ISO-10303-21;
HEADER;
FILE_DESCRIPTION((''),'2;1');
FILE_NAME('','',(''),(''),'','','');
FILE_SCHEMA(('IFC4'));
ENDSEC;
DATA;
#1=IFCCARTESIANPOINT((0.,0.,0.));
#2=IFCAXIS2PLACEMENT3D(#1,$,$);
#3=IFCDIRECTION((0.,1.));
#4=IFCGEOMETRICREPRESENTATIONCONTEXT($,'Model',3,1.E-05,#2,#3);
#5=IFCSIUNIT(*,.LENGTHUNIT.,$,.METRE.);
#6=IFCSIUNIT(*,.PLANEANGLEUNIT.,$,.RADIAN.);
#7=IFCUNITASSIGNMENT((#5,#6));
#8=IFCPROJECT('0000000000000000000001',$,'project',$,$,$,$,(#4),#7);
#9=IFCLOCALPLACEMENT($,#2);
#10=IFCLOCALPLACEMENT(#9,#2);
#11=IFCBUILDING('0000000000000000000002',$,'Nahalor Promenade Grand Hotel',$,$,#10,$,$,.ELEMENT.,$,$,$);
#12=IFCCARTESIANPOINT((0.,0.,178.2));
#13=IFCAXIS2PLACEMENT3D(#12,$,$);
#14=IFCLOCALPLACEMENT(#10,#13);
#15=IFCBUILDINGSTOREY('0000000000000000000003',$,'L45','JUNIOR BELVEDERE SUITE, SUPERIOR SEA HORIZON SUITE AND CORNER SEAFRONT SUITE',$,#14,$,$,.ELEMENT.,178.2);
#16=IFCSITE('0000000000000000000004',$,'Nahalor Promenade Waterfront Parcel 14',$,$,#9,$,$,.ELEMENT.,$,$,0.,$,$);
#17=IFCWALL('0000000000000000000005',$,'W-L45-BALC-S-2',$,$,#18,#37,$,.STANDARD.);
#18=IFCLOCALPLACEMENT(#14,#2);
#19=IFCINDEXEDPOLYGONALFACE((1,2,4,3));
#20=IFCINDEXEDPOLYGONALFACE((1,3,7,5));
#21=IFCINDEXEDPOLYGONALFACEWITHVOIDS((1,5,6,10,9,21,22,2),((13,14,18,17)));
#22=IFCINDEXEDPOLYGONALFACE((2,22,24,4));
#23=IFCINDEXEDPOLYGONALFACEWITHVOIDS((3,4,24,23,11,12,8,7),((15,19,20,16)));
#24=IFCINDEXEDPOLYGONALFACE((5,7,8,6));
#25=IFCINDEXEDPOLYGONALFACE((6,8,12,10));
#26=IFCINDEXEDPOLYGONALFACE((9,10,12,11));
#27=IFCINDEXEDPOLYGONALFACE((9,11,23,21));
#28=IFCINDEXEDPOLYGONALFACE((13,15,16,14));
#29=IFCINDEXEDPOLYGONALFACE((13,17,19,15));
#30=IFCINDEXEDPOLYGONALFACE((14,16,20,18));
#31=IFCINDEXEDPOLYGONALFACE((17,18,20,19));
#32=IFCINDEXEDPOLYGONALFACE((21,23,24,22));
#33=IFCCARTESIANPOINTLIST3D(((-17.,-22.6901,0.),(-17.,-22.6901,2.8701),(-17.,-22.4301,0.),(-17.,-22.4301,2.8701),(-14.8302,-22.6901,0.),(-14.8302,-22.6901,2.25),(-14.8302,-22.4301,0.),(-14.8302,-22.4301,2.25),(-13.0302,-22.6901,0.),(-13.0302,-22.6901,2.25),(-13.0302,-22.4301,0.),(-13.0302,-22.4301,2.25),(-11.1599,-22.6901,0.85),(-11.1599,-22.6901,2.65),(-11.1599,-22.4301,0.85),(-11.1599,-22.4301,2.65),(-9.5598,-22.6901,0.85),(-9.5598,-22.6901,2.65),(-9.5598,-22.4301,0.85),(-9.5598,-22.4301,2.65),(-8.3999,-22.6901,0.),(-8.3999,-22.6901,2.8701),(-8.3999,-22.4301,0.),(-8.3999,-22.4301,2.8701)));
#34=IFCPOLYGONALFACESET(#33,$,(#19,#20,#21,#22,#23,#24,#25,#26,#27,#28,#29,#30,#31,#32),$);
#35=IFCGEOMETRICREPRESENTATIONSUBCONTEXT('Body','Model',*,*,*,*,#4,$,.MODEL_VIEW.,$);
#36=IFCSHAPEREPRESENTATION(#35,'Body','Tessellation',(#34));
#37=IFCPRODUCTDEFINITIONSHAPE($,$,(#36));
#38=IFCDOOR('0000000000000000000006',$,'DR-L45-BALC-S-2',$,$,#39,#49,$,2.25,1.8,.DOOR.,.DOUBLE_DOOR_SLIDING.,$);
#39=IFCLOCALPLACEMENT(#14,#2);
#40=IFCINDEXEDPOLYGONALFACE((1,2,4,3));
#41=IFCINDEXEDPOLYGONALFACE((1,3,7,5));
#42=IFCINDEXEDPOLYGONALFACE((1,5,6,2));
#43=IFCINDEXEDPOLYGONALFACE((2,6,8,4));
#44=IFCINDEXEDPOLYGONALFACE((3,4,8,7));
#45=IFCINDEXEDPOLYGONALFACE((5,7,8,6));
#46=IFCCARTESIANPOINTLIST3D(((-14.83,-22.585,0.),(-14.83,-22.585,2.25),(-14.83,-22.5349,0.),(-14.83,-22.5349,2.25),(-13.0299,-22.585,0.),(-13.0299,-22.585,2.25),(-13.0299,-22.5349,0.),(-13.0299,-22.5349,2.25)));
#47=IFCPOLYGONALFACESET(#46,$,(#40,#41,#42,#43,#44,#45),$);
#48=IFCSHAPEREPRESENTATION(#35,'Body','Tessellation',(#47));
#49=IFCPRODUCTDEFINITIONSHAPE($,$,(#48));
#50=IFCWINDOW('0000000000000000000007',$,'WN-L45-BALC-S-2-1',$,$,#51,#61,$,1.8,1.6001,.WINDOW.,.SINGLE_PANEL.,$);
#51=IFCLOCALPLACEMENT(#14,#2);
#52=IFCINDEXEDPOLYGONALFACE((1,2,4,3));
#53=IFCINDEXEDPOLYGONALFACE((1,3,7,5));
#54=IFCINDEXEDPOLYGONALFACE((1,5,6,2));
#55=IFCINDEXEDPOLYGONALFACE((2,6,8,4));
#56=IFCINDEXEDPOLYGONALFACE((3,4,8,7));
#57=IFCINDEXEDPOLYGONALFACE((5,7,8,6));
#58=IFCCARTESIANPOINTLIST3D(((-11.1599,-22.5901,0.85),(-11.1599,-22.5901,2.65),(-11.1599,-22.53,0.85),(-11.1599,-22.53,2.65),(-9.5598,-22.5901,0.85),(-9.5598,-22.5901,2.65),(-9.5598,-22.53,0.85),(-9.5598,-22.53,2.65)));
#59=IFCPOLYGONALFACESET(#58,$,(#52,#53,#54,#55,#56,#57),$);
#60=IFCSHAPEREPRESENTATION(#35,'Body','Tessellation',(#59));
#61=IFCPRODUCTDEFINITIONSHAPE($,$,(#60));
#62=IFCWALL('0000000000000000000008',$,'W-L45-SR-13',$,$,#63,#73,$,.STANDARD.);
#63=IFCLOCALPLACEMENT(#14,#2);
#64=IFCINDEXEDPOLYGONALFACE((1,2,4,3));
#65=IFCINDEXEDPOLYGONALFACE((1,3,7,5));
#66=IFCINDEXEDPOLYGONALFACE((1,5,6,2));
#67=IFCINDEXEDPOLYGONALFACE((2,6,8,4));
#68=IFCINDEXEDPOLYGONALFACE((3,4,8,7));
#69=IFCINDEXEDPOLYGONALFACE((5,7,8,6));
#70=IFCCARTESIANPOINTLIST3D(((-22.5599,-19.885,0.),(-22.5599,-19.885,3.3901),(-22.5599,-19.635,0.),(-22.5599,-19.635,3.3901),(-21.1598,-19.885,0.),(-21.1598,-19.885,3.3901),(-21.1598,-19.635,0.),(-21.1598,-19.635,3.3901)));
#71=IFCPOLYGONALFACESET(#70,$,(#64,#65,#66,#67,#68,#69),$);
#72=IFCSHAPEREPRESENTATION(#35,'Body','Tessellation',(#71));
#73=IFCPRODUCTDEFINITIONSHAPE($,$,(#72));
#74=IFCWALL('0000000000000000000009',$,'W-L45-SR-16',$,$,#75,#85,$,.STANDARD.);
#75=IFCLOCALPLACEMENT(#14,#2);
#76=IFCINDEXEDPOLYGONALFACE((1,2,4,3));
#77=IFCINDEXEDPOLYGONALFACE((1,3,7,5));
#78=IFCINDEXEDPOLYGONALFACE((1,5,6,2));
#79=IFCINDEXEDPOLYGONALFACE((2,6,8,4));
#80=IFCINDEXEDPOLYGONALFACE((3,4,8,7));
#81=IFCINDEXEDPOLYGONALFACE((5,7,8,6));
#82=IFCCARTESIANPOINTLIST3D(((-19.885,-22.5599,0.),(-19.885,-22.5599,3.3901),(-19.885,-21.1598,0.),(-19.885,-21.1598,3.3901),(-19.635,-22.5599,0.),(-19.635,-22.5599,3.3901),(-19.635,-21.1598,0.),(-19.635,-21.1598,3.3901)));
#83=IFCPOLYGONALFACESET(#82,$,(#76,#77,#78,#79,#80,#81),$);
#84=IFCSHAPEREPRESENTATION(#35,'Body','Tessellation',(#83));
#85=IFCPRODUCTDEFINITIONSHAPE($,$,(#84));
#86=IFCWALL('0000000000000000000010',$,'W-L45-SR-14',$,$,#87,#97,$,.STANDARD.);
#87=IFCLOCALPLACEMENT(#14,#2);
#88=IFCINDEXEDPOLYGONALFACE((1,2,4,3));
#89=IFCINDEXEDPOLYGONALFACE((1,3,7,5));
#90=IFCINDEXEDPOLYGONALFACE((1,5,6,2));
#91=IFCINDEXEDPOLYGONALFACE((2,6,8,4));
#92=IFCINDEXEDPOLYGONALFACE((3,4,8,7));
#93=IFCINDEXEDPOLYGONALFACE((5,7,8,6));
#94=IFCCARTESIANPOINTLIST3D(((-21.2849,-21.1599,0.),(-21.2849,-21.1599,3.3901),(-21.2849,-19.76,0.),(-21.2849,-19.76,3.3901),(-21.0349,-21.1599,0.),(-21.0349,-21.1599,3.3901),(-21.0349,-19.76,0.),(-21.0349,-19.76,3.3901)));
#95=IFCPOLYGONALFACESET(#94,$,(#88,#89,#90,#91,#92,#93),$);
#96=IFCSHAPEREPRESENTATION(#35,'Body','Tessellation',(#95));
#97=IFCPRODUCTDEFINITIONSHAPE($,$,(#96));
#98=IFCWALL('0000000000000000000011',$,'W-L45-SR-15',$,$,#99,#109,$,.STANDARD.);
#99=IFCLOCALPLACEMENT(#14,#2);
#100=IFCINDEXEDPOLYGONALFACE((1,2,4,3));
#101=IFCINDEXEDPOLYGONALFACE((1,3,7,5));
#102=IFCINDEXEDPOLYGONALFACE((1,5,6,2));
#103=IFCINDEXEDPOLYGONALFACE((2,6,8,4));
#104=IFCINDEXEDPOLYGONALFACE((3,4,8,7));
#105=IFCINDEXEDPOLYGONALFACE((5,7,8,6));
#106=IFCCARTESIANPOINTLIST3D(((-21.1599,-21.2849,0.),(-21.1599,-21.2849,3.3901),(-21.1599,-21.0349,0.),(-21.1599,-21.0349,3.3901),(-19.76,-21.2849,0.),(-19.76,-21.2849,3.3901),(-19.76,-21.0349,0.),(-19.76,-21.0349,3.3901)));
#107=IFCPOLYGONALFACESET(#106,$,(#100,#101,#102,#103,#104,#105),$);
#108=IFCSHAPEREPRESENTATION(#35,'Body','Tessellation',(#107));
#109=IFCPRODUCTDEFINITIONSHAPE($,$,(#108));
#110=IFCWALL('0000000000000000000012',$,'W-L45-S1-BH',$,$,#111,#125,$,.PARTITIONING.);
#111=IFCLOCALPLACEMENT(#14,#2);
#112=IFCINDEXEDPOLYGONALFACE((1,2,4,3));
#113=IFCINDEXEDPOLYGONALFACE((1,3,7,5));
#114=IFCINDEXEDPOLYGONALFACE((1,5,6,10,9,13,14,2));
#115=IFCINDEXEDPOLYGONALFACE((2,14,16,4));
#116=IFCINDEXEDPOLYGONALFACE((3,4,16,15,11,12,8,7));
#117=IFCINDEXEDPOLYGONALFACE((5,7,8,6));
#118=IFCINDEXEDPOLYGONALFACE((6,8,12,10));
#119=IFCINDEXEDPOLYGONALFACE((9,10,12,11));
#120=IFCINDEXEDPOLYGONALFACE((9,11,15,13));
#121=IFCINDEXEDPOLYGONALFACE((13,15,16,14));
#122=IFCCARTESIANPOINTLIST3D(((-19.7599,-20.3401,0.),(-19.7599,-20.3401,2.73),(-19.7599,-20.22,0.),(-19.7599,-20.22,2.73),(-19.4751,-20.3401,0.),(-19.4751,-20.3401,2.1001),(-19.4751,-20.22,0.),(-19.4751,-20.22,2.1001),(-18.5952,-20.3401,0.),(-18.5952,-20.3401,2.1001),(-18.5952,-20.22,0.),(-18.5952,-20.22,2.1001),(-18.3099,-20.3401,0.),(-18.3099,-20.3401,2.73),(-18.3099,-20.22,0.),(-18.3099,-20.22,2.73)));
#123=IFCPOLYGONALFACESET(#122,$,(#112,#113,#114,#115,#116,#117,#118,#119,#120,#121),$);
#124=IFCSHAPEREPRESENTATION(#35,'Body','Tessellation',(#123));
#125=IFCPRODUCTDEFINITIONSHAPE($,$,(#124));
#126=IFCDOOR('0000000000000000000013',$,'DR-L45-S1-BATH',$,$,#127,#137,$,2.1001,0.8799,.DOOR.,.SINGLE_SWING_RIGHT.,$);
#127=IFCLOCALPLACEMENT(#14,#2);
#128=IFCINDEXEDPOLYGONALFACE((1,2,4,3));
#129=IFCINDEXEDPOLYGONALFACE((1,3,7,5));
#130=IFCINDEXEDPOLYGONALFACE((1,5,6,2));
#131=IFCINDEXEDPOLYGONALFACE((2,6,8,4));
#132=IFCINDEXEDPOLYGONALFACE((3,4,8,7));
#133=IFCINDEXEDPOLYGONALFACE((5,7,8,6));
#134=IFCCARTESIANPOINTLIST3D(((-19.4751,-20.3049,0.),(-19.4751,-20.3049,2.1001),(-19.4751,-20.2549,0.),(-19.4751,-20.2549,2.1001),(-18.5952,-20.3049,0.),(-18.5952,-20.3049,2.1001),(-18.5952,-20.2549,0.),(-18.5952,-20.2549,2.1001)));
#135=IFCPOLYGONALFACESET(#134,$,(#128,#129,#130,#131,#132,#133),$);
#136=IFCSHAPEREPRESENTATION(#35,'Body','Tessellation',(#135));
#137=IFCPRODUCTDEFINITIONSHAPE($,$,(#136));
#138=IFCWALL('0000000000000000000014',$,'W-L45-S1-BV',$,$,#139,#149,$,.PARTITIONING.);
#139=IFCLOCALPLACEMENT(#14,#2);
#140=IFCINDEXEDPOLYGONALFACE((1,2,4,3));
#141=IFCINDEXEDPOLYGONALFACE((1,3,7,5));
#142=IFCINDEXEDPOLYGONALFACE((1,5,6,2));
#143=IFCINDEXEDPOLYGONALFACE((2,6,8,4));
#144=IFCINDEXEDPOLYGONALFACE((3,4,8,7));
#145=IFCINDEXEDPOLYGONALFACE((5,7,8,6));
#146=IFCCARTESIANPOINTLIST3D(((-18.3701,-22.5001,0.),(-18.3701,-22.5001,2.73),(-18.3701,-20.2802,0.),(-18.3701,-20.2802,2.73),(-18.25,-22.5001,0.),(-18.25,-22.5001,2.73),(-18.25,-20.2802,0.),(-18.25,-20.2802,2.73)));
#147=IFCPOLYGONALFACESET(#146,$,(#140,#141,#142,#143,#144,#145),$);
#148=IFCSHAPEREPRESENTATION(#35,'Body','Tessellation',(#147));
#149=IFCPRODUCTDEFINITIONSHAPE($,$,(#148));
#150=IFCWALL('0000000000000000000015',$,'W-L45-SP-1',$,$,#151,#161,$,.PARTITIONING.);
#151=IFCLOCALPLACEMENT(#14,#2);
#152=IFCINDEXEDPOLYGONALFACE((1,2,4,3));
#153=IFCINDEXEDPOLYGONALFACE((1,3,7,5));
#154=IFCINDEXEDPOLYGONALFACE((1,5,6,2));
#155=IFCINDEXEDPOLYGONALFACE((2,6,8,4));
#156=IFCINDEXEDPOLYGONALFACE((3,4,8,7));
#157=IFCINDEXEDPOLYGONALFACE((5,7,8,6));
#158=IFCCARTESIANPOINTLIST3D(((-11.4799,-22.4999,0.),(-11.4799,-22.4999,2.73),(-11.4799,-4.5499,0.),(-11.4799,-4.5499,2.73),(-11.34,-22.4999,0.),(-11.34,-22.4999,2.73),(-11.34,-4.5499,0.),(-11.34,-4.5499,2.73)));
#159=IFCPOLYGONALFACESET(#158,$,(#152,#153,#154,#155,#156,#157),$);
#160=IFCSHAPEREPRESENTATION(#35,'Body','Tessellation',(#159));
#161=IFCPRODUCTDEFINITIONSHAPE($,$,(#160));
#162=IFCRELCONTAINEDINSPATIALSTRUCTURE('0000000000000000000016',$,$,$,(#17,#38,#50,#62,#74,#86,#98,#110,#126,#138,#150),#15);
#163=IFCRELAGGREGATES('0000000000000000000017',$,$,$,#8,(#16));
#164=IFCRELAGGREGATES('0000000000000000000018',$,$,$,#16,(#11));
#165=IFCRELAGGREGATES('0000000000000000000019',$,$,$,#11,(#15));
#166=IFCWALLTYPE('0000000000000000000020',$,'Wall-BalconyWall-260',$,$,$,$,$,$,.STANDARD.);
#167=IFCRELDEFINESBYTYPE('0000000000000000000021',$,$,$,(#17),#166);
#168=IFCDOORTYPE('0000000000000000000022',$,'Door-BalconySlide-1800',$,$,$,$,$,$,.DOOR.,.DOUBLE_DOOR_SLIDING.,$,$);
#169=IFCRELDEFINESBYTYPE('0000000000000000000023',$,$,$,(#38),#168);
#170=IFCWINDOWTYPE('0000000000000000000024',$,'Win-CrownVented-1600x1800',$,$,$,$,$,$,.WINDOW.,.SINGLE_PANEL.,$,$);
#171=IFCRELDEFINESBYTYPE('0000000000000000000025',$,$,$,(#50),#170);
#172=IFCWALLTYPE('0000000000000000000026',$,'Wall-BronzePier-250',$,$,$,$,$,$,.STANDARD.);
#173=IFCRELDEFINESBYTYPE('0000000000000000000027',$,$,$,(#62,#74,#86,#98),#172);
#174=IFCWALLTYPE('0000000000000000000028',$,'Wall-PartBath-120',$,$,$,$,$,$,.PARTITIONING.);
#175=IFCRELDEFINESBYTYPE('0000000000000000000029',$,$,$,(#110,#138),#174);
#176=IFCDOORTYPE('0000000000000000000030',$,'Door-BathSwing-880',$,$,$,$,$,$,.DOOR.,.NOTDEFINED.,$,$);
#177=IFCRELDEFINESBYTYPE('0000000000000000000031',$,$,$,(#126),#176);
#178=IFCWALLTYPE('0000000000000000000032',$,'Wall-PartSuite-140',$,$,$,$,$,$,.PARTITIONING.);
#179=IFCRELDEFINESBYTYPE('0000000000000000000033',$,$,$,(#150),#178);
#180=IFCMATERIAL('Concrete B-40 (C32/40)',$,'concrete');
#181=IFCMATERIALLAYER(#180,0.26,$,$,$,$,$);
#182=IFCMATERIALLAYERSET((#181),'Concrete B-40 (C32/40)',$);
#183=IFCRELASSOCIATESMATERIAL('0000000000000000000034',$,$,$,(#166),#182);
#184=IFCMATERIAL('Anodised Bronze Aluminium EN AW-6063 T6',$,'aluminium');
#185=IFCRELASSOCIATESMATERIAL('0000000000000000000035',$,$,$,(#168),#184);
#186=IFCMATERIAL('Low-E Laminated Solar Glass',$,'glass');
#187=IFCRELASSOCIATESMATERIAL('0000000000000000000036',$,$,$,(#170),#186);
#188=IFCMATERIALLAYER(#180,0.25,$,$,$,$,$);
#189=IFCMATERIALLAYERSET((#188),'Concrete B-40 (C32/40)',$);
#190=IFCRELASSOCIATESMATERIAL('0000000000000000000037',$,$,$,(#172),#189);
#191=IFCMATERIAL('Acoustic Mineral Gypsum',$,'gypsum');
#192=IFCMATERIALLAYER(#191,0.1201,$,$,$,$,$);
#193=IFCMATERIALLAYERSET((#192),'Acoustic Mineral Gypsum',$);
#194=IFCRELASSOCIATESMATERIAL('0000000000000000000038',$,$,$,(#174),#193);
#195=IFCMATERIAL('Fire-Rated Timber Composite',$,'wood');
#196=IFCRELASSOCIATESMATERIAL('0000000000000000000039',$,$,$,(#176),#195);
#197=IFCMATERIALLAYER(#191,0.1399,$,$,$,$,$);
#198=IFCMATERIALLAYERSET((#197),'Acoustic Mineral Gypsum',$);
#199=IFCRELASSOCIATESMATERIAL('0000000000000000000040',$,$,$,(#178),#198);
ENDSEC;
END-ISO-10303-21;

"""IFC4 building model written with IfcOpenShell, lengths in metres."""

from ifc_helpers import new_model, si_unit, direction, frame, frame_2d, origin, place, context, subcontext, project, spatial, rectangle, extrude, source, transform, mapped, material, layer, layer_set, type_object, element, fill, save


model = new_model("IFC4")

# Units and contexts
model_context = context("Model", 3, precision=1e-05, world=origin(), true_north=direction((0.0, 1.0)))
body_context = subcontext(model_context, "Body", "Model", "MODEL_VIEW")
ifc_project = project(units=[si_unit("LENGTHUNIT", "METRE"), si_unit("PLANEANGLEUNIT", "RADIAN")], contexts=[model_context])

# Site, building, storey
site_placement = place(None, origin())
site = spatial("IfcSite", under=ifc_project, at=site_placement, Name="Nahalor Promenade Waterfront Parcel 14", CompositionType="ELEMENT", RefElevation=0.0)
building_placement = place(site_placement, origin())
building = spatial("IfcBuilding", under=site, at=building_placement, Name="Nahalor Promenade Grand Hotel", CompositionType="ELEMENT")
storey_placement = place(building_placement, frame((0.0, 0.0, 178.2)))
storey = spatial("IfcBuildingStorey", under=building, at=storey_placement, Name="L45", Description="JUNIOR BELVEDERE SUITE, SUPERIOR SEA HORIZON SUITE AND CORNER SEAFRONT SUITE", CompositionType="ELEMENT", Elevation=178.2)

# Shared definitions
ifc_material_1 = material(Name="Anodised Bronze Aluminium EN AW-6063 T6", Category="aluminium")

# Shared definitions
ifc_material_2 = material(Name="Low-E Laminated Solar Glass", Category="glass")

# Wall, openings, door, window
ifc_material_3 = material(Name="Concrete B-40 (C32/40)", Category="concrete")
ifc_layer_1 = layer(ifc_material_3, 0.26)
ifc_layer_set_1 = layer_set([ifc_layer_1], Name="Concrete B-40 (C32/40)")
wall_type_1 = type_object("IfcWallType", Name="Wall-BalconyWall-260", PredefinedType="STANDARD", material=ifc_layer_set_1)
shared_shape_1 = source(origin(), body_context, "Body", "SweptSolid", [
    extrude(rectangle(XDim=8.6001, YDim=0.26, at=frame_2d((4.3, 0.0))), origin(), (0.0, 0.0, 1.0), 2.8701),
])
wall_1_placement = place(storey_placement, frame((-17.0, -22.5601, 0.0), z_axis=(0.0, 0.0, 1.0), x_axis=(1.0, 0.0, 0.0)))
wall_1 = element("IfcWall", 1, at=wall_1_placement, inside=storey, type_object=wall_type_1, Name="W-L45-BALC-S-2", PredefinedType="STANDARD", context=body_context, shape_type="MappedRepresentation", body=[
    mapped(shared_shape_1, transform((0.0, 0.0, 0.0), scale=1.0)),
])
opening_1_placement = place(wall_1_placement, frame((2.1699, 0.0, 0.0)))
opening_1 = element("IfcOpeningElement", 2, at=opening_1_placement, cuts=wall_1, PredefinedType="OPENING", context=body_context, shape_type="SweptSolid", body=[
    extrude(rectangle(XDim=1.8, YDim=2.25, at=frame_2d((0.8999, 1.125))), frame((0.0, 0.1399, 0.0), z_axis=(0.0, -1.0, 0.0), x_axis=(1.0, 0.0, 0.0)), (0.0, 0.0, 1.0), 0.28),
])
opening_2_placement = place(wall_1_placement, frame((5.8401, 0.0, 0.8501)))
opening_2 = element("IfcOpeningElement", 3, at=opening_2_placement, cuts=wall_1, PredefinedType="OPENING", context=body_context, shape_type="SweptSolid", body=[
    extrude(rectangle(XDim=1.6001, YDim=1.8, at=frame_2d((0.8, 0.8999))), frame((0.0, 0.1399, 0.0), z_axis=(0.0, -1.0, 0.0), x_axis=(1.0, 0.0, 0.0)), (0.0, 0.0, 1.0), 0.28),
])
door_type_1 = type_object("IfcDoorType", Name="Door-BalconySlide-1800", OperationType="DOUBLE_DOOR_SLIDING", PredefinedType="DOOR", material=ifc_material_1)
shared_shape_2 = source(origin(), body_context, "Body", "SweptSolid", [
    extrude(rectangle(XDim=1.8, YDim=2.25, at=frame_2d((0.8999, 1.125))), frame((0.0, 0.0249, 0.0), z_axis=(0.0, -1.0, 0.0), x_axis=(1.0, 0.0, 0.0)), (0.0, 0.0, 1.0), 0.05),
])
door_1_placement = place(opening_1_placement, frame((1.8, 0.0, 0.0), z_axis=(0.0, 0.0, 1.0), x_axis=(-1.0, 0.0, 0.0)))
door_1 = element("IfcDoor", 4, at=door_1_placement, inside=storey, type_object=door_type_1, Name="DR-L45-BALC-S-2", OperationType="DOUBLE_DOOR_SLIDING", OverallHeight=2.25, OverallWidth=1.8, PredefinedType="DOOR", context=body_context, shape_type="MappedRepresentation", body=[
    mapped(shared_shape_2, transform((0.0, 0.0, 0.0), scale=1.0)),
])
fill(opening_1, door_1)
window_type = type_object("IfcWindowType", Name="Win-CrownVented-1600x1800", PartitioningType="SINGLE_PANEL", PredefinedType="WINDOW", material=ifc_material_2)
shared_shape_3 = source(origin(), body_context, "Body", "SweptSolid", [
    extrude(rectangle(XDim=1.6001, YDim=1.8, at=frame_2d((0.8, 0.8999))), frame((0.0, 0.03, 0.0), z_axis=(0.0, -1.0, 0.0), x_axis=(1.0, 0.0, 0.0)), (0.0, 0.0, 1.0), 0.0601),
])
window_placement = place(opening_2_placement, origin())
window = element("IfcWindow", 5, at=window_placement, inside=storey, type_object=window_type, Name="WN-L45-BALC-S-2-1", OverallHeight=1.8, OverallWidth=1.6001, PartitioningType="SINGLE_PANEL", PredefinedType="WINDOW", context=body_context, shape_type="MappedRepresentation", body=[
    mapped(shared_shape_3, transform((0.0, 0.0, 0.0), scale=1.0)),
])
fill(opening_2, window)

# Walls
ifc_layer_2 = layer(ifc_material_3, 0.25)
ifc_layer_set_2 = layer_set([ifc_layer_2], Name="Concrete B-40 (C32/40)")
wall_type_2 = type_object("IfcWallType", Name="Wall-BronzePier-250", PredefinedType="STANDARD", material=ifc_layer_set_2)
shared_shape_4 = source(origin(), body_context, "Body", "SweptSolid", [
    extrude(rectangle(XDim=1.4001, YDim=0.25, at=frame_2d((0.7002, 0.0))), origin(), (0.0, 0.0, 1.0), 3.3901),
])
for number, where, z_axis, x_axis, name in (
    (6, (-22.5601, -19.76, 0.0), (0.0, 0.0, 1.0), (1.0, 0.0, 0.0), "W-L45-SR-13"),
    (7, (-19.76, -22.5601, 0.0), (0.0, 0.0, 1.0), (0.0, 1.0, 0.0), "W-L45-SR-16"),
):
    element("IfcWall", number, at=place(storey_placement, frame(where, z_axis=z_axis, x_axis=x_axis)), inside=storey, type_object=wall_type_2, Name=name, PredefinedType="STANDARD", context=body_context, shape_type="MappedRepresentation", body=[
        mapped(shared_shape_4, transform((0.0, 0.0, 0.0), scale=1.0)),
    ])
shared_shape_5 = source(origin(), body_context, "Body", "SweptSolid", [
    extrude(rectangle(XDim=1.3999, YDim=0.25, at=frame_2d((0.7, 0.0))), origin(), (0.0, 0.0, 1.0), 3.3901),
])
for number, where, z_axis, x_axis, name in (
    (8, (-21.1599, -21.1599, 0.0), (0.0, 0.0, 1.0), (0.0, 1.0, 0.0), "W-L45-SR-14"),
    (9, (-21.1599, -21.1599, 0.0), (0.0, 0.0, 1.0), (1.0, 0.0, 0.0), "W-L45-SR-15"),
):
    element("IfcWall", number, at=place(storey_placement, frame(where, z_axis=z_axis, x_axis=x_axis)), inside=storey, type_object=wall_type_2, Name=name, PredefinedType="STANDARD", context=body_context, shape_type="MappedRepresentation", body=[
        mapped(shared_shape_5, transform((0.0, 0.0, 0.0), scale=1.0)),
    ])

# Wall, opening, door
ifc_material_4 = material(Name="Acoustic Mineral Gypsum", Category="gypsum")
ifc_layer_3 = layer(ifc_material_4, 0.1201)
ifc_layer_set_3 = layer_set([ifc_layer_3], Name="Acoustic Mineral Gypsum")
wall_type_3 = type_object("IfcWallType", Name="Wall-PartBath-120", PredefinedType="PARTITIONING", material=ifc_layer_set_3)
shared_shape_6 = source(origin(), body_context, "Body", "SweptSolid", [
    extrude(rectangle(XDim=1.45, YDim=0.1201, at=frame_2d((0.7251, 0.0))), origin(), (0.0, 0.0, 1.0), 2.73),
])
wall_2_placement = place(storey_placement, frame((-19.76, -20.28, 0.0), z_axis=(0.0, 0.0, 1.0), x_axis=(1.0, 0.0, 0.0)))
wall_2 = element("IfcWall", 10, at=wall_2_placement, inside=storey, type_object=wall_type_3, Name="W-L45-S1-BH", PredefinedType="PARTITIONING", context=body_context, shape_type="MappedRepresentation", body=[
    mapped(shared_shape_6, transform((0.0, 0.0, 0.0), scale=1.0)),
])
opening_3_placement = place(wall_2_placement, frame((0.2849, 0.0, 0.0)))
opening_3 = element("IfcOpeningElement", 11, at=opening_3_placement, cuts=wall_2, PredefinedType="OPENING", context=body_context, shape_type="SweptSolid", body=[
    extrude(rectangle(XDim=0.8799, YDim=2.1001, at=frame_2d((0.4399, 1.05))), frame((0.0, 0.0701, 0.0), z_axis=(0.0, -1.0, 0.0), x_axis=(1.0, 0.0, 0.0)), (0.0, 0.0, 1.0), 0.1401),
])
ifc_material_5 = material(Name="Fire-Rated Timber Composite", Category="wood")
door_type_2 = type_object("IfcDoorType", Name="Door-BathSwing-880", OperationType="NOTDEFINED", PredefinedType="DOOR", material=ifc_material_5)
shared_shape_7 = source(origin(), body_context, "Body", "SweptSolid", [
    extrude(rectangle(XDim=0.8799, YDim=2.1001, at=frame_2d((0.4399, 1.05))), frame((0.0, 0.0249, 0.0), z_axis=(0.0, -1.0, 0.0), x_axis=(1.0, 0.0, 0.0)), (0.0, 0.0, 1.0), 0.05),
])
door_2_placement = place(opening_3_placement, frame((0.8799, 0.0, 0.0), z_axis=(0.0, 0.0, 1.0), x_axis=(-1.0, 0.0, 0.0)))
door_2 = element("IfcDoor", 12, at=door_2_placement, inside=storey, type_object=door_type_2, Name="DR-L45-S1-BATH", OperationType="SINGLE_SWING_RIGHT", OverallHeight=2.1001, OverallWidth=0.8799, PredefinedType="DOOR", context=body_context, shape_type="MappedRepresentation", body=[
    mapped(shared_shape_7, transform((0.0, 0.0, 0.0), scale=1.0)),
])
fill(opening_3, door_2)

# Walls
shared_shape_8 = source(origin(), body_context, "Body", "SweptSolid", [
    extrude(rectangle(XDim=2.22, YDim=0.1201, at=frame_2d((1.1099, 0.0))), origin(), (0.0, 0.0, 1.0), 2.73),
])
wall_3_placement = place(storey_placement, frame((-18.3101, -22.5, 0.0), z_axis=(0.0, 0.0, 1.0), x_axis=(0.0, 1.0, 0.0)))
element("IfcWall", 13, at=wall_3_placement, inside=storey, type_object=wall_type_3, Name="W-L45-S1-BV", PredefinedType="PARTITIONING", context=body_context, shape_type="MappedRepresentation", body=[
    mapped(shared_shape_8, transform((0.0, 0.0, 0.0), scale=1.0)),
])
ifc_layer_4 = layer(ifc_material_4, 0.1399)
ifc_layer_set_4 = layer_set([ifc_layer_4], Name="Acoustic Mineral Gypsum")
wall_type_4 = type_object("IfcWallType", Name="Wall-PartSuite-140", PredefinedType="PARTITIONING", material=ifc_layer_set_4)
shared_shape_9 = source(origin(), body_context, "Body", "SweptSolid", [
    extrude(rectangle(XDim=17.95, YDim=0.1399, at=frame_2d((8.9751, 0.0))), origin(), (0.0, 0.0, 1.0), 2.73),
])
wall_4_placement = place(storey_placement, frame((-11.4099, -22.5, 0.0), z_axis=(0.0, 0.0, 1.0), x_axis=(0.0, 1.0, 0.0)))
element("IfcWall", 14, at=wall_4_placement, inside=storey, type_object=wall_type_4, Name="W-L45-SP-1", PredefinedType="PARTITIONING", context=body_context, shape_type="MappedRepresentation", body=[
    mapped(shared_shape_9, transform((0.0, 0.0, 0.0), scale=1.0)),
])

save(model, "model.ifc")
